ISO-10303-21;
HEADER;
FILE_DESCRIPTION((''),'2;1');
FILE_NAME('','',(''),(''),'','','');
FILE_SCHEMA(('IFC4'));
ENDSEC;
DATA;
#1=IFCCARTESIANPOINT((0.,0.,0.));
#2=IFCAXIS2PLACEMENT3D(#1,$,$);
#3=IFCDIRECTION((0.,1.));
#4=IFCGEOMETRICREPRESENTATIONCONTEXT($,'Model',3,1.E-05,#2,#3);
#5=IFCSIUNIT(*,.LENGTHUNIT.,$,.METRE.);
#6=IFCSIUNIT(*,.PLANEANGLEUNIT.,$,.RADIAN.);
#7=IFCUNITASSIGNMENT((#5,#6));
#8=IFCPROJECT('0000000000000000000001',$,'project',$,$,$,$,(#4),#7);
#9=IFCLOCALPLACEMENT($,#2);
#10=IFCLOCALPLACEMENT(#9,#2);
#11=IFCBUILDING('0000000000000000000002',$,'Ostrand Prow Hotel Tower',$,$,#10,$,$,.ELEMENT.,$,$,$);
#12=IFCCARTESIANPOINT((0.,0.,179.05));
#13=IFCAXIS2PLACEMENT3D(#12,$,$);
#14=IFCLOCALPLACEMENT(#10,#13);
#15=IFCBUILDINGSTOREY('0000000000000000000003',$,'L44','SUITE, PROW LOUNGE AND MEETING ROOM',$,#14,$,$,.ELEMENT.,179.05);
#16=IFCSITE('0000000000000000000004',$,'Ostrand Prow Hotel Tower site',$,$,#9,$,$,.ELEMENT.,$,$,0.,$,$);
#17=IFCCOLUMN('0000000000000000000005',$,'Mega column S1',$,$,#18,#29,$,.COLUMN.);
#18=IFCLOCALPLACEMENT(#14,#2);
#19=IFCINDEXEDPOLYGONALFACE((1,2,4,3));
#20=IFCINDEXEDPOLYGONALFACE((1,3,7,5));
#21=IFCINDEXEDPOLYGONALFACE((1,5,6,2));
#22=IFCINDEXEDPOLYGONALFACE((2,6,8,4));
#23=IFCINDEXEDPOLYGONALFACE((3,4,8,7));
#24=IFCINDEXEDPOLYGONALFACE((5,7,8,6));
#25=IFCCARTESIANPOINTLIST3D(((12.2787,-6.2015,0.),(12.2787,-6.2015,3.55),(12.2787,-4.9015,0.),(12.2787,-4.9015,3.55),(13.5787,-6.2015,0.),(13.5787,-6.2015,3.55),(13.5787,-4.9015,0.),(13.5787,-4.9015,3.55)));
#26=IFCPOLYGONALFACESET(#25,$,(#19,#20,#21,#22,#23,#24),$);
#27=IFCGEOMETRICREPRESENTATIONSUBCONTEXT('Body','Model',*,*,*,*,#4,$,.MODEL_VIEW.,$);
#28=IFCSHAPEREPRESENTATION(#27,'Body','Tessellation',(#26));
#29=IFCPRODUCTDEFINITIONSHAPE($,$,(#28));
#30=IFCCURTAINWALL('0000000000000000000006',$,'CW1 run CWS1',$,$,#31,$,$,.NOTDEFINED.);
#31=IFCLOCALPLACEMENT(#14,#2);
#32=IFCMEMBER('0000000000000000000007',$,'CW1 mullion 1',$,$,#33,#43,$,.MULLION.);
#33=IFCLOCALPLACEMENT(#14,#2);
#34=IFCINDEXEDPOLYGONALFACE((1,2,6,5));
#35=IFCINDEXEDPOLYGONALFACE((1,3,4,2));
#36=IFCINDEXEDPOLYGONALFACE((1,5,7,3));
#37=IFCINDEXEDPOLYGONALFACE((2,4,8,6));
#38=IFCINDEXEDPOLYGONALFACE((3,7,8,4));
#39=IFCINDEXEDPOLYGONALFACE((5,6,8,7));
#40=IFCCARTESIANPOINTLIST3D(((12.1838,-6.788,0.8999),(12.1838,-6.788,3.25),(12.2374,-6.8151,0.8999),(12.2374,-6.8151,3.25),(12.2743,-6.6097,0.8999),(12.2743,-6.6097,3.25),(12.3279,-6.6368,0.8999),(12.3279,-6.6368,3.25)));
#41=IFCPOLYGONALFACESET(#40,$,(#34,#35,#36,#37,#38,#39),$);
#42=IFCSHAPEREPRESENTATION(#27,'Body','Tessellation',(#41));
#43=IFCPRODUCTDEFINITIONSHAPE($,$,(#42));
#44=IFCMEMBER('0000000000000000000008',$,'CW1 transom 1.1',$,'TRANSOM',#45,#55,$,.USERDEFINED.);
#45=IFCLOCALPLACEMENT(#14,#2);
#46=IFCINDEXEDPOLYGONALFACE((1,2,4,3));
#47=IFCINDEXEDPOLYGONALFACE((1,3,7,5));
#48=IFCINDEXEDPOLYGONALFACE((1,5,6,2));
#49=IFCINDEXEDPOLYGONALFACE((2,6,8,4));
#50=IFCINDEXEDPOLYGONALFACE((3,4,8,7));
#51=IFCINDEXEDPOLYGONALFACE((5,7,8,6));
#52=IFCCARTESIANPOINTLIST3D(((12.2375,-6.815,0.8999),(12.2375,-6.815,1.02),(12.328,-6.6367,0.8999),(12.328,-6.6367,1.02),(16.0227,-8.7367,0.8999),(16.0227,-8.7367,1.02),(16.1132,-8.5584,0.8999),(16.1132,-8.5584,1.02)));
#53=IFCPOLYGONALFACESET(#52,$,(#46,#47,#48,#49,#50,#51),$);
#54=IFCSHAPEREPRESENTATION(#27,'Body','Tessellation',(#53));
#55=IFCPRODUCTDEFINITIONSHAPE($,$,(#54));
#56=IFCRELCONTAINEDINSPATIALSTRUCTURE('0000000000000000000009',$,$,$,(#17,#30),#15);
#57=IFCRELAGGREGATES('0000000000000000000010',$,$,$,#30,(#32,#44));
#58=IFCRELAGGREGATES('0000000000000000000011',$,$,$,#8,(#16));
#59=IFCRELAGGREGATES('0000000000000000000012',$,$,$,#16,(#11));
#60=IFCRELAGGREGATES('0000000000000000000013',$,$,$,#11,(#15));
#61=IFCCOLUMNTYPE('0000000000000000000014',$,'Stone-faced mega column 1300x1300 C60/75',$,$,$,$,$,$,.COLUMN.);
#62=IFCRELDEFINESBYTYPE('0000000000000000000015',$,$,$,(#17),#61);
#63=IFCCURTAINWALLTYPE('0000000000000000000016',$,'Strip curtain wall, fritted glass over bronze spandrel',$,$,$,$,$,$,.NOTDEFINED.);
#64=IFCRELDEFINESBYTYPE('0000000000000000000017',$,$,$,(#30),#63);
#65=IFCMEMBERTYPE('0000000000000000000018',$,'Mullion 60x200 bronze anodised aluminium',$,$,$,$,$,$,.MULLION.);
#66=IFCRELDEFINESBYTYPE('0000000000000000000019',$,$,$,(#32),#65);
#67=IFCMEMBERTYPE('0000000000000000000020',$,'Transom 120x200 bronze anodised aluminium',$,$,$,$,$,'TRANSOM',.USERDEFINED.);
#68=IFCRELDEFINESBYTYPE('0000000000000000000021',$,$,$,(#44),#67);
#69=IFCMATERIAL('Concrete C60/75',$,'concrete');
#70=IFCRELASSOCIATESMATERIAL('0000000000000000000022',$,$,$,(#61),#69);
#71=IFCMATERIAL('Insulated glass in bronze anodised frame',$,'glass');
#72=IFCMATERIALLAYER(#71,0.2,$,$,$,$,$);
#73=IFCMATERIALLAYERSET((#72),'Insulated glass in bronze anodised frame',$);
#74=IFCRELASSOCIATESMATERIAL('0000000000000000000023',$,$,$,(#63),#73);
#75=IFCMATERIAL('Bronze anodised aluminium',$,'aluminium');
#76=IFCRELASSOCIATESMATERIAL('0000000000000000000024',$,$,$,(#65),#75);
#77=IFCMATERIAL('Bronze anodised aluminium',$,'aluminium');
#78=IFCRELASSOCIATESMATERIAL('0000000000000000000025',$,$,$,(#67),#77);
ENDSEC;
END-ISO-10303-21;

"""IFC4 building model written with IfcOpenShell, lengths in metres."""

from ifc_helpers import new_model, si_unit, direction, frame, origin, origin_2d, place, context, subcontext, project, spatial, rectangle, extrude, material, layer, layer_set, material_profile, profile_set, type_object, element, aggregate, save


model = new_model("IFC4")

# Units and contexts
model_context = context("Model", 3, precision=1e-05, world=origin(), true_north=direction((0.0, 1.0)))
body_context = subcontext(model_context, "Body", "Model", "MODEL_VIEW")
ifc_project = project(units=[si_unit("LENGTHUNIT", "METRE"), si_unit("PLANEANGLEUNIT", "RADIAN")], contexts=[model_context])

# Site, building, storey
site_placement = place(None, origin())
site = spatial("IfcSite", under=ifc_project, at=site_placement, Name="Ostrand Prow Hotel Tower site", CompositionType="ELEMENT", RefElevation=0.0)
building_placement = place(site_placement, origin())
building = spatial("IfcBuilding", under=site, at=building_placement, Name="Ostrand Prow Hotel Tower", CompositionType="ELEMENT")
storey_placement = place(building_placement, frame((0.0, 0.0, 179.05)))
storey = spatial("IfcBuildingStorey", under=building, at=storey_placement, Name="L44", Description="SUITE, PROW LOUNGE AND MEETING ROOM", CompositionType="ELEMENT", Elevation=179.05)

# Column
ifc_material_1 = material(Name="Concrete C60/75", Category="concrete")
ifc_material_profile_1 = material_profile(ifc_material_1, rectangle(XDim=1.3, YDim=1.3, at=origin_2d()), Name="RC 1300x1300")
ifc_profile_set_1 = profile_set([ifc_material_profile_1], Name="Concrete C60/75")
column_type = type_object("IfcColumnType", Name="Stone-faced mega column 1300x1300 C60/75", PredefinedType="COLUMN", material=ifc_profile_set_1)
column_placement = place(storey_placement, frame((12.9287, -5.5515, 0.0), z_axis=(0.0, 0.0, 1.0), x_axis=(1.0, 0.0, 0.0)))
element("IfcColumn", 1, at=column_placement, inside=storey, type_object=column_type, Name="Mega column S1", PredefinedType="COLUMN", context=body_context, shape_type="SweptSolid", body=[
    extrude(rectangle(XDim=1.3, YDim=1.3, at=origin_2d()), origin(), (0.0, 0.0, 1.0), 3.55),
])

# Curtain wall, members
ifc_material_2 = material(Name="Insulated glass in bronze anodised frame", Category="glass")
ifc_layer_1 = layer(ifc_material_2, 0.2)
ifc_layer_set_1 = layer_set([ifc_layer_1], Name="Insulated glass in bronze anodised frame")
curtain_wall_type = type_object("IfcCurtainWallType", Name="Strip curtain wall, fritted glass over bronze spandrel", PredefinedType="NOTDEFINED", material=ifc_layer_set_1)
curtain_wall_placement = place(storey_placement, origin())
curtain_wall = element("IfcCurtainWall", 2, at=curtain_wall_placement, inside=storey, type_object=curtain_wall_type, Name="CW1 run CWS1", PredefinedType="NOTDEFINED")
ifc_material_3 = material(Name="Bronze anodised aluminium", Category="aluminium")
ifc_material_profile_2 = material_profile(ifc_material_3, rectangle(XDim=0.2, YDim=0.0601, at=origin_2d()), Name="Mullion 60x200 bronze anodised aluminium")
ifc_profile_set_2 = profile_set([ifc_material_profile_2], Name="Bronze anodised aluminium")
member_type_1 = type_object("IfcMemberType", Name="Mullion 60x200 bronze anodised aluminium", PredefinedType="MULLION", material=ifc_profile_set_2)
member_1_placement = place(storey_placement, frame((12.2559, -6.7124, 0.8999), z_axis=(0.0, 0.0, 1.0), x_axis=(0.452659, 0.891684, 0.0)))
member_1 = element("IfcMember", 3, at=member_1_placement, type_object=member_type_1, Name="CW1 mullion 1", PredefinedType="MULLION", context=body_context, shape_type="SweptSolid", body=[
    extrude(rectangle(XDim=0.2, YDim=0.0601, at=origin_2d()), origin(), (0.0, 0.0, 1.0), 2.3501),
])
ifc_material_4 = material(Name="Bronze anodised aluminium", Category="aluminium")
ifc_material_profile_3 = material_profile(ifc_material_4, rectangle(XDim=0.2, YDim=0.1201, at=origin_2d()), Name="Transom 120x200 bronze anodised aluminium")
ifc_profile_set_3 = profile_set([ifc_material_profile_3], Name="Bronze anodised aluminium")
member_type_2 = type_object("IfcMemberType", Name="Transom 120x200 bronze anodised aluminium", ElementType="TRANSOM", PredefinedType="USERDEFINED", material=ifc_profile_set_3)
member_2_placement = place(storey_placement, frame((12.2827, -6.7258, 0.96), z_axis=(0.891673, -0.45268, 0.0), x_axis=(0.45268, 0.891673, 0.0)))
member_2 = element("IfcMember", 4, at=member_2_placement, type_object=member_type_2, Name="CW1 transom 1.1", ObjectType="TRANSOM", PredefinedType="USERDEFINED", context=body_context, shape_type="SweptSolid", body=[
    extrude(rectangle(XDim=0.2, YDim=0.1201, at=origin_2d()), origin(), (0.0, 0.0, 1.0), 4.2451),
])
aggregate(curtain_wall, [member_1, member_2])

save(model, "model.ifc")
